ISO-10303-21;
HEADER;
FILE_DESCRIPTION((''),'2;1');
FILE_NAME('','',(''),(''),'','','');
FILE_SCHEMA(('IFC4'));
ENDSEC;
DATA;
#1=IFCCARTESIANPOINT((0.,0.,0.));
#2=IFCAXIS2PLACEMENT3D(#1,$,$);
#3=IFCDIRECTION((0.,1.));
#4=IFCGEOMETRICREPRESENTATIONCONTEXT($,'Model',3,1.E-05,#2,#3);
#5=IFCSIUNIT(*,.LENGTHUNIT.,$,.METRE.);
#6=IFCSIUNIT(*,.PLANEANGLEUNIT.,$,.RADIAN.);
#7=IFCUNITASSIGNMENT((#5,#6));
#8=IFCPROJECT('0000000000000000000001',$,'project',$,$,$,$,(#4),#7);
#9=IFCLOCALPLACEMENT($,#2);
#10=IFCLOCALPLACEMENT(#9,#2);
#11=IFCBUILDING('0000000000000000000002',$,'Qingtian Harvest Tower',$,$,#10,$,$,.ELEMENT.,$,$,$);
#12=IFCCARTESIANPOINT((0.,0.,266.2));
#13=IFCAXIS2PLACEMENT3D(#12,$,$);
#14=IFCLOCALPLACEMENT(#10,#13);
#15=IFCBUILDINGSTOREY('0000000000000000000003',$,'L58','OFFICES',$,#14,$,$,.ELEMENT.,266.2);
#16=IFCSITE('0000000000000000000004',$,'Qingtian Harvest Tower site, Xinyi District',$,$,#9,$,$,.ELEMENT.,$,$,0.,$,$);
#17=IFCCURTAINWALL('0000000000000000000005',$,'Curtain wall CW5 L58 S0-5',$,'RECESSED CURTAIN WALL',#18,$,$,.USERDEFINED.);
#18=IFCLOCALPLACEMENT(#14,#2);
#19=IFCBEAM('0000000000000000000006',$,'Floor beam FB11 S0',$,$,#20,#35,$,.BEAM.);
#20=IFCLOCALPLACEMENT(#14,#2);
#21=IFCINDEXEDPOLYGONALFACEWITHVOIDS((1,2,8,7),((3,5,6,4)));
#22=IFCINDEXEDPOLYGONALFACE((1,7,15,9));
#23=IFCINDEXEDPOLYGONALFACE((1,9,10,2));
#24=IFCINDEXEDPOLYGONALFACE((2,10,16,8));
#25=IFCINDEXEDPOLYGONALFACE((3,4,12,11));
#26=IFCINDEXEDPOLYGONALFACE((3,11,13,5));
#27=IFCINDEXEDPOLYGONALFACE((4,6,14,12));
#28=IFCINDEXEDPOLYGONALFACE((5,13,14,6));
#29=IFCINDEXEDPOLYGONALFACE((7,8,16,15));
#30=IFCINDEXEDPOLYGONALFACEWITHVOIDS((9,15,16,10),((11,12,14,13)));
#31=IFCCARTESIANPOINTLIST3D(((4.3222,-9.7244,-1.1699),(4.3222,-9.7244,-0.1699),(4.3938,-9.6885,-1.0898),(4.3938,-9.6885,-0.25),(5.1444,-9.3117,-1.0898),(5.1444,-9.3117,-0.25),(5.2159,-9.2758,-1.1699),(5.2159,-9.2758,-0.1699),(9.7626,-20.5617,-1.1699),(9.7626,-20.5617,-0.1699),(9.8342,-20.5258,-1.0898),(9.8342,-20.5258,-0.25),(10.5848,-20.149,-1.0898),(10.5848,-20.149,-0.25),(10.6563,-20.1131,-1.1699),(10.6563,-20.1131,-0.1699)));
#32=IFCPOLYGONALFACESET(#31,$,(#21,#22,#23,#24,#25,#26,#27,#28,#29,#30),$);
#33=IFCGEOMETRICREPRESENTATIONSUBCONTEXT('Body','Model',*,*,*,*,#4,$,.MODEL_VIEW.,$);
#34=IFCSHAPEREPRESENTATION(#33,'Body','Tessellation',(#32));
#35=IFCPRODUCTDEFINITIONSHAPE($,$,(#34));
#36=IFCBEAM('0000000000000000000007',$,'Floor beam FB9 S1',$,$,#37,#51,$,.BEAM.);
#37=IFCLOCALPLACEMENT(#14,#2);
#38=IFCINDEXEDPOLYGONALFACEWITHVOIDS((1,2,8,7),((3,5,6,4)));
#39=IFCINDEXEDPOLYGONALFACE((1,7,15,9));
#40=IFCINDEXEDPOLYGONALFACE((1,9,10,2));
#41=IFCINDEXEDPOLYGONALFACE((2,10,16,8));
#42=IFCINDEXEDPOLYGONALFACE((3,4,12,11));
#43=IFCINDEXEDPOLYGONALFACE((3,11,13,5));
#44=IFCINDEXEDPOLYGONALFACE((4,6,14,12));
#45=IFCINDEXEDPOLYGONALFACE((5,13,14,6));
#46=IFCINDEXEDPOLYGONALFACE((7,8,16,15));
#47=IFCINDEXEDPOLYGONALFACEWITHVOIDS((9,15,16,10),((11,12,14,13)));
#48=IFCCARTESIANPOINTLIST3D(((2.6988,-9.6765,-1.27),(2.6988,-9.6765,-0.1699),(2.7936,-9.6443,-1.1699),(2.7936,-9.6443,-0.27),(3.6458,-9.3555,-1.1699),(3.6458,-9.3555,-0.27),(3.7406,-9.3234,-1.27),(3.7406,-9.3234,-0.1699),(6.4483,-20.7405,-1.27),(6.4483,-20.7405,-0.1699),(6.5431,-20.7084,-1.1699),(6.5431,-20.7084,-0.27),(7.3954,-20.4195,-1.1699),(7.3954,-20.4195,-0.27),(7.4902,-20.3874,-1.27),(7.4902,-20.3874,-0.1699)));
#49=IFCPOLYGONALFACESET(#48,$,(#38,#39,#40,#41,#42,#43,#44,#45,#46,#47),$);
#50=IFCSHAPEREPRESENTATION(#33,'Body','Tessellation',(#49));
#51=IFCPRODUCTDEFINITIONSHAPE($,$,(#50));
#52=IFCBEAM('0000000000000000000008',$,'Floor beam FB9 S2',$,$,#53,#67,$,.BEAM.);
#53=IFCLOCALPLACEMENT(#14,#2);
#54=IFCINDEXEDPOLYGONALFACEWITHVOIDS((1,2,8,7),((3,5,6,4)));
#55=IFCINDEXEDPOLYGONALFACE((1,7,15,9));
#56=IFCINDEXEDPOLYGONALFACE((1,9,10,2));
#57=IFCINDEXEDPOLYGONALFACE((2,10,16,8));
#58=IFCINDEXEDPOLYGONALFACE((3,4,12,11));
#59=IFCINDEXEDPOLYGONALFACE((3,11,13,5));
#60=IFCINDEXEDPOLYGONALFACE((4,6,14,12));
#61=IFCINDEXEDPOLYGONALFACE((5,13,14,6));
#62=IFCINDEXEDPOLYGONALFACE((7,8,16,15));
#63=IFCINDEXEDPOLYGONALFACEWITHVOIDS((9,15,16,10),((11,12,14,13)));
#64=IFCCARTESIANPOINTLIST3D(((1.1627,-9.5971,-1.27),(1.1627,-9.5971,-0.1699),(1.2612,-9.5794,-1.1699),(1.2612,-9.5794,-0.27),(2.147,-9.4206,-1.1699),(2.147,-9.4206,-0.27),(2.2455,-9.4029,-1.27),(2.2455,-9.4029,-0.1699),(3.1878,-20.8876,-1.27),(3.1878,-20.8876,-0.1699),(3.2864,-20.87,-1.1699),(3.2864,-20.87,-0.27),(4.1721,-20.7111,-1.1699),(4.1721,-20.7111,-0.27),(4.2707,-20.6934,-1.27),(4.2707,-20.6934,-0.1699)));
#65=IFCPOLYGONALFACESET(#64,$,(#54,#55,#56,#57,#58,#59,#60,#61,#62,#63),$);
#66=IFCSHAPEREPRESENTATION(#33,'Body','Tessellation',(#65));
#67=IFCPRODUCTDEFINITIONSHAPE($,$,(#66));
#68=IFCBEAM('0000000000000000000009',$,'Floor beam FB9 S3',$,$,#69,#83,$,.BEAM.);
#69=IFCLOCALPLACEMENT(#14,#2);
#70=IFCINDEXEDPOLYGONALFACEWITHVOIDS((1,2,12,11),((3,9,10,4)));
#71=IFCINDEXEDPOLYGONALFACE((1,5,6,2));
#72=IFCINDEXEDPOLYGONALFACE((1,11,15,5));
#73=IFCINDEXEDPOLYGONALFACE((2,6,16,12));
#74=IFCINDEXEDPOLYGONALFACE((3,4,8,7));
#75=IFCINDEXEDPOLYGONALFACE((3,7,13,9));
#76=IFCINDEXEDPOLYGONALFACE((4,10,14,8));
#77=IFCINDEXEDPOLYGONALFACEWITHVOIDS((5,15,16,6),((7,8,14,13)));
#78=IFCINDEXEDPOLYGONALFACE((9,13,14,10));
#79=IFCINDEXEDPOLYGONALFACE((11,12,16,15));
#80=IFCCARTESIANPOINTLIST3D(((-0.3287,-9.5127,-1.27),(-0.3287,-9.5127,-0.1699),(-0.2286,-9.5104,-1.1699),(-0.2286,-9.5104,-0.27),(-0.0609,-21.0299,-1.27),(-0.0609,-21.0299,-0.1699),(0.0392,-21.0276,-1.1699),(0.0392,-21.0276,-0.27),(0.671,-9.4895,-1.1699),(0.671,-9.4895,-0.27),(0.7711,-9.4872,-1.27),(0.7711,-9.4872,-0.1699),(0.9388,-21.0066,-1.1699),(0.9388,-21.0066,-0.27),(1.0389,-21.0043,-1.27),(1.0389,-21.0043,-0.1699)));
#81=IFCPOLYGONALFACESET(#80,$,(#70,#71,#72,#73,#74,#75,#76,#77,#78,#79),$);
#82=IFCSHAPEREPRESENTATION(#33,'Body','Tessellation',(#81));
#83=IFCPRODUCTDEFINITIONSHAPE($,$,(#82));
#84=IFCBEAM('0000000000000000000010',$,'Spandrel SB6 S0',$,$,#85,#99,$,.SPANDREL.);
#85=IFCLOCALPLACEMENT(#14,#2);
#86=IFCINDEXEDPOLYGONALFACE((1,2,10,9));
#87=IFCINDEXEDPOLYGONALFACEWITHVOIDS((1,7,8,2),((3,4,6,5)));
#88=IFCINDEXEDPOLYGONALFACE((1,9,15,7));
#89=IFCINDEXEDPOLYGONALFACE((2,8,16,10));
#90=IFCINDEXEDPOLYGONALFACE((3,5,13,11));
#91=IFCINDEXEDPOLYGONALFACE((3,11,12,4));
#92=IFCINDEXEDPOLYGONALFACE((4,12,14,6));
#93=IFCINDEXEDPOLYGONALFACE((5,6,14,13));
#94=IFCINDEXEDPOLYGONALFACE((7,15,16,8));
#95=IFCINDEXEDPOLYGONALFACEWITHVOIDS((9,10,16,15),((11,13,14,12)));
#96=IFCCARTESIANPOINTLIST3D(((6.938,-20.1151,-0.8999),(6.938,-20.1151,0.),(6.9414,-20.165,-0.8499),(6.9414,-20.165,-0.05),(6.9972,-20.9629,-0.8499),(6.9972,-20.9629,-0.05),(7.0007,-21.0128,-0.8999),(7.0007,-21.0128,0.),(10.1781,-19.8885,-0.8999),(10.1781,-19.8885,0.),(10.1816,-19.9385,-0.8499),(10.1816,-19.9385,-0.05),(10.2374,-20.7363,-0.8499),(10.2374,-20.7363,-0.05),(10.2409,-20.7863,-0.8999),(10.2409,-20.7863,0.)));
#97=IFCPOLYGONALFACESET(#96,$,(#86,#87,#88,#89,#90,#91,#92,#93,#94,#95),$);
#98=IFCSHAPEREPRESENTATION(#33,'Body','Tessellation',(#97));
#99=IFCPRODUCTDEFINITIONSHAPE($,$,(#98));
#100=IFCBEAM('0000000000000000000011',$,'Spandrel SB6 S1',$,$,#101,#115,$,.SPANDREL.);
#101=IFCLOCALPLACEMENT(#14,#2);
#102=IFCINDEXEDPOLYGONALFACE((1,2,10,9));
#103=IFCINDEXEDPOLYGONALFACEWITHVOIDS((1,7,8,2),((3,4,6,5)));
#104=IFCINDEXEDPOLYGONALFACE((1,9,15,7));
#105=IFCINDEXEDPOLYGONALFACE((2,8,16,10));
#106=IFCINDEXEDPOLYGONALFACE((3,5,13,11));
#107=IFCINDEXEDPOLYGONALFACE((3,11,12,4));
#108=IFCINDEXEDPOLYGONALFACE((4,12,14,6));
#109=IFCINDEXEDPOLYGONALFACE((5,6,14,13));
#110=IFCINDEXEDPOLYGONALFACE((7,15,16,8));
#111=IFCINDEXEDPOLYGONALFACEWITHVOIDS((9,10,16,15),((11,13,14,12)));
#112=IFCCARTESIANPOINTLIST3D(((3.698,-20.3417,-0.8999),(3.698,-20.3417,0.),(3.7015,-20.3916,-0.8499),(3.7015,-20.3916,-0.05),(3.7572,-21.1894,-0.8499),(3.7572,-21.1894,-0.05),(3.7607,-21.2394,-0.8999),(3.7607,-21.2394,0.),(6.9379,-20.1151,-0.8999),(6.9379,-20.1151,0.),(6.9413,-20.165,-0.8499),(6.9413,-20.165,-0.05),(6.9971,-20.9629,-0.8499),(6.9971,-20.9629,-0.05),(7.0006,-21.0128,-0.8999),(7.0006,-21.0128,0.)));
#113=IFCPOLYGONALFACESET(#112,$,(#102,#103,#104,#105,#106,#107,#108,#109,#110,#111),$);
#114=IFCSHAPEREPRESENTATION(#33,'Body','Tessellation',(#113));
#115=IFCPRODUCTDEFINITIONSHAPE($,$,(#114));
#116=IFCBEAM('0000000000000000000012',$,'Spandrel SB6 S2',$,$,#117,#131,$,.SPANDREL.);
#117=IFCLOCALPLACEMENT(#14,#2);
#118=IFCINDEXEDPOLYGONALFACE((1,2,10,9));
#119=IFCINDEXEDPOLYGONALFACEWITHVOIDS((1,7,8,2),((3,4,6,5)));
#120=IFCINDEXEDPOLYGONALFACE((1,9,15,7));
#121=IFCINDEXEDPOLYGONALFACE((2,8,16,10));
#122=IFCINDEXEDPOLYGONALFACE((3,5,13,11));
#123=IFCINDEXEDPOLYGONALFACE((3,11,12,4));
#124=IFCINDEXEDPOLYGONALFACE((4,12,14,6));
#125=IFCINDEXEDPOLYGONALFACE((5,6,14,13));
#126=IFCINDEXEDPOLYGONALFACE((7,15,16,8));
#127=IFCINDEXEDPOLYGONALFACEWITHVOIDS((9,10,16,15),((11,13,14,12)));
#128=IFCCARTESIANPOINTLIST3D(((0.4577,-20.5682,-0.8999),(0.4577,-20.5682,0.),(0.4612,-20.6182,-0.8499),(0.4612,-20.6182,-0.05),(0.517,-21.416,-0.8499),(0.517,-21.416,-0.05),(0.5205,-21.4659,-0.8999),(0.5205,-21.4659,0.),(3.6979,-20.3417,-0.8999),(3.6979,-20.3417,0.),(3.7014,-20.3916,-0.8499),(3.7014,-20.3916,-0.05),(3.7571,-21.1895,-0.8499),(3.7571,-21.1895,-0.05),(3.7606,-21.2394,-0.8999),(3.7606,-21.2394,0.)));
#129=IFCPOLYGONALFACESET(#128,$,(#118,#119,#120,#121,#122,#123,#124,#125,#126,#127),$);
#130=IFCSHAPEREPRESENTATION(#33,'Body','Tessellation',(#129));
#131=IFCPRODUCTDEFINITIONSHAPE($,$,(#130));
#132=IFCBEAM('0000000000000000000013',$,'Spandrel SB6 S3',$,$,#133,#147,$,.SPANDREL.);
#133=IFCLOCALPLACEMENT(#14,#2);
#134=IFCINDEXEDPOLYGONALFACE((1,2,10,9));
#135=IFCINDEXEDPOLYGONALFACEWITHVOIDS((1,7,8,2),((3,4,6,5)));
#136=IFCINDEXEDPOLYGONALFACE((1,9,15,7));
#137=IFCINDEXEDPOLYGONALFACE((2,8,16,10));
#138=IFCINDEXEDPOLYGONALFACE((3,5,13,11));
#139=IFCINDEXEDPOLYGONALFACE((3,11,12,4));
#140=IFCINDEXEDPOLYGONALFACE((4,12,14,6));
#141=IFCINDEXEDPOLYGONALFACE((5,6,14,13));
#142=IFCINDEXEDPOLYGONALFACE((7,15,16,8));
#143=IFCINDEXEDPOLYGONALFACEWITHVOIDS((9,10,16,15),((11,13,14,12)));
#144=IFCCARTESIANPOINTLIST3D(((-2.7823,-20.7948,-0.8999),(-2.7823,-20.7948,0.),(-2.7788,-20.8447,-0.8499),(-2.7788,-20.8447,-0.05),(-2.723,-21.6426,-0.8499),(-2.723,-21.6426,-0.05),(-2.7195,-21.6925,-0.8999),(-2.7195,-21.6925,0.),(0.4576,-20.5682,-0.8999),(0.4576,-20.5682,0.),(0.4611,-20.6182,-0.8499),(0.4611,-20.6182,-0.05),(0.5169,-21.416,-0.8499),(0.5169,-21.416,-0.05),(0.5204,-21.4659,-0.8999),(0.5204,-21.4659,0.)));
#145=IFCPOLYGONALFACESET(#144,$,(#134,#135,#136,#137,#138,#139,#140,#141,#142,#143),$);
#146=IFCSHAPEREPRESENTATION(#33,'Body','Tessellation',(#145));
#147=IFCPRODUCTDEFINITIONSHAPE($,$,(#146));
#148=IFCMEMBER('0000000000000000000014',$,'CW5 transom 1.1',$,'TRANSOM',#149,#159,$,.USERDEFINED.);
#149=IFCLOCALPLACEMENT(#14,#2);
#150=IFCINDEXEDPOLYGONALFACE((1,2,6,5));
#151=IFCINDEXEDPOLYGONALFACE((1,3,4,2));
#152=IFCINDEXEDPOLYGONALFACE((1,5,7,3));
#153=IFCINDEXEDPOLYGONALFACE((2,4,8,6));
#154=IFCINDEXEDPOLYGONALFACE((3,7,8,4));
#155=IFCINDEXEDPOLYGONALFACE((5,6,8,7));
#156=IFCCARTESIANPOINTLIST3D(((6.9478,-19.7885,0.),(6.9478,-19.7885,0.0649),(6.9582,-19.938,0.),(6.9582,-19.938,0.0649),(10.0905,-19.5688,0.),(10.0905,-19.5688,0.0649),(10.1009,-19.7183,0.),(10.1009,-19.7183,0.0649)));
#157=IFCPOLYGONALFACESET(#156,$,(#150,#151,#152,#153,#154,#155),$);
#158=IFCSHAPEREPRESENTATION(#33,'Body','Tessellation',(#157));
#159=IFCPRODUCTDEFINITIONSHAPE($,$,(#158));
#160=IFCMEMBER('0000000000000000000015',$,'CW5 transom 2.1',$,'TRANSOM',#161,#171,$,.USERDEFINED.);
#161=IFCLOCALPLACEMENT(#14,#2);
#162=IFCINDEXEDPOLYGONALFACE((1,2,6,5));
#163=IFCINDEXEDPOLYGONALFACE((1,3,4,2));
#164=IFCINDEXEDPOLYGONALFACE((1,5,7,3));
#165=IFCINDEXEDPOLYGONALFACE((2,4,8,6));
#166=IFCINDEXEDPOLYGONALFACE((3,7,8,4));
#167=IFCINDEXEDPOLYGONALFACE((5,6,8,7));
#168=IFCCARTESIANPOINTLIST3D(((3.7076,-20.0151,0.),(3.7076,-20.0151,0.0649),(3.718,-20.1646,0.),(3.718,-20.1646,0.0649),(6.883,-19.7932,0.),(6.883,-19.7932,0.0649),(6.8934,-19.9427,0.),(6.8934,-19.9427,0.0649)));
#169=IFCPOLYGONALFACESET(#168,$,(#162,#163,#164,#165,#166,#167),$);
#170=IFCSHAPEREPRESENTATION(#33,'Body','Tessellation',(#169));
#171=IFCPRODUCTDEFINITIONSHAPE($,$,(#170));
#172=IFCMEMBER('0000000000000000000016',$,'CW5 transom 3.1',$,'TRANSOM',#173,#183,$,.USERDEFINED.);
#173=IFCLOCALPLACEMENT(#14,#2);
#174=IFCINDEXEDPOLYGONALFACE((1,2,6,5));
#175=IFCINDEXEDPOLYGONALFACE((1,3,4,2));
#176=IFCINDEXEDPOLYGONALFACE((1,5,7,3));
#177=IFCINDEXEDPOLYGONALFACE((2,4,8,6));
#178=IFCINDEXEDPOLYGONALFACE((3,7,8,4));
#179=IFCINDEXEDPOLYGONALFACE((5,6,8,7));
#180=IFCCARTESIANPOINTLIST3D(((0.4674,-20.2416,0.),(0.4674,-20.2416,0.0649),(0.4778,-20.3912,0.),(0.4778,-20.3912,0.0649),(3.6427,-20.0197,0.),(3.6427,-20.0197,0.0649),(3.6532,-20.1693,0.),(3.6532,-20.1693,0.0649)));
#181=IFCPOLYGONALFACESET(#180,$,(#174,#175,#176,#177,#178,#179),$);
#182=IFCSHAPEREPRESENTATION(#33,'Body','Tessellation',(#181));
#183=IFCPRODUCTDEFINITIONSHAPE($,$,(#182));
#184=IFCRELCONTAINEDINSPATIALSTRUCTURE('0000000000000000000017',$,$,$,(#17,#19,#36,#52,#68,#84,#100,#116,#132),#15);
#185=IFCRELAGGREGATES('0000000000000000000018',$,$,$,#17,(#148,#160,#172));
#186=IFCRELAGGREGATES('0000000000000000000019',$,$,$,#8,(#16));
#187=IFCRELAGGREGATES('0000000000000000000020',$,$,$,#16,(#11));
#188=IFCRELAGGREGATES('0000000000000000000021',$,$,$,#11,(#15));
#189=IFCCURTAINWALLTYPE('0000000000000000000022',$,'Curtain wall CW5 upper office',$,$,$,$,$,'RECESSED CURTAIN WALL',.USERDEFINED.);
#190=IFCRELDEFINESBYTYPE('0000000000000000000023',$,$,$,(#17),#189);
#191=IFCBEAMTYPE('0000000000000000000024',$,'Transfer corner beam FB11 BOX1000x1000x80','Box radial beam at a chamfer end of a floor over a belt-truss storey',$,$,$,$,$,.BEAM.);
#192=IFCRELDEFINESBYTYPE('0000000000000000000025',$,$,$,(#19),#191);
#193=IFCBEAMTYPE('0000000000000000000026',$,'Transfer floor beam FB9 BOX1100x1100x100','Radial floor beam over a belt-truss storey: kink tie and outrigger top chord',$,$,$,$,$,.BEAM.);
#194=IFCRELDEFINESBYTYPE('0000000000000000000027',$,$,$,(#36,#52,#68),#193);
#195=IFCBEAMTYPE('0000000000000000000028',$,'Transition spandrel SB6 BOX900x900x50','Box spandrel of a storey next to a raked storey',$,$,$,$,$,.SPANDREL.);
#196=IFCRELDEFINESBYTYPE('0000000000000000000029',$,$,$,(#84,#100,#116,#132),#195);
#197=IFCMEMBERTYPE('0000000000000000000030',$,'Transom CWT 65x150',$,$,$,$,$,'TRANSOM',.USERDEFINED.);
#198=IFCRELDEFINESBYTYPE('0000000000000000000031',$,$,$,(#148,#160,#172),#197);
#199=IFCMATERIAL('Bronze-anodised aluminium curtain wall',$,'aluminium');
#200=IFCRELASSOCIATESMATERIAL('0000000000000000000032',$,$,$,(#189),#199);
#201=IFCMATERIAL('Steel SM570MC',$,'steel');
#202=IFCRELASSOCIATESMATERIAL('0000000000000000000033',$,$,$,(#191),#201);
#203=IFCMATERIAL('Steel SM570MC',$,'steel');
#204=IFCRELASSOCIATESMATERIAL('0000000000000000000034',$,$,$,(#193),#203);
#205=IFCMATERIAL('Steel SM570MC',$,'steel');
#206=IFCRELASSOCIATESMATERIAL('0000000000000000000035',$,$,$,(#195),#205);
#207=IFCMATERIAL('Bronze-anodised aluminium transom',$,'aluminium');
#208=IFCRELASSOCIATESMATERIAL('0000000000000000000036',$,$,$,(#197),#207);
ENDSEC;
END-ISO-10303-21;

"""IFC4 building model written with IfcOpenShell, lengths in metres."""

from ifc_helpers import new_model, si_unit, direction, frame, origin, origin_2d, place, context, subcontext, project, spatial, rectangle, hollow_rectangle, extrude, material, material_profile, profile_set, type_object, element, aggregate, save


model = new_model("IFC4")

# Units and contexts
model_context = context("Model", 3, precision=1e-05, world=origin(), true_north=direction((0.0, 1.0)))
body_context = subcontext(model_context, "Body", "Model", "MODEL_VIEW")
ifc_project = project(units=[si_unit("LENGTHUNIT", "METRE"), si_unit("PLANEANGLEUNIT", "RADIAN")], contexts=[model_context])

# Site, building, storey
site_placement = place(None, origin())
site = spatial("IfcSite", under=ifc_project, at=site_placement, Name="Qingtian Harvest Tower site, Xinyi District", CompositionType="ELEMENT", RefElevation=0.0)
building_placement = place(site_placement, origin())
building = spatial("IfcBuilding", under=site, at=building_placement, Name="Qingtian Harvest Tower", CompositionType="ELEMENT")
storey_placement = place(building_placement, frame((0.0, 0.0, 266.2)))
storey = spatial("IfcBuildingStorey", under=building, at=storey_placement, Name="L58", Description="OFFICES", CompositionType="ELEMENT", Elevation=266.2)

# Shared definitions
ifc_material_1 = material(Name="Bronze-anodised aluminium curtain wall", Category="aluminium")
curtain_wall_type = type_object("IfcCurtainWallType", Name="Curtain wall CW5 upper office", ElementType="RECESSED CURTAIN WALL", PredefinedType="USERDEFINED", material=ifc_material_1)

# Curtain wall
curtain_wall_1_placement = place(storey_placement, origin())
curtain_wall_1 = element("IfcCurtainWall", 1, at=curtain_wall_1_placement, inside=storey, type_object=curtain_wall_type, Name="Curtain wall CW5 L58 S0-5", ObjectType="RECESSED CURTAIN WALL", PredefinedType="USERDEFINED")

# Beams
ifc_material_2 = material(Name="Steel SM570MC", Category="steel")
ifc_material_profile_1 = material_profile(ifc_material_2, hollow_rectangle(XDim=1.0, YDim=1.0, WallThickness=0.0801, at=origin_2d()), Name="BOX1000x1000x80")
ifc_profile_set_1 = profile_set([ifc_material_profile_1], Name="Steel SM570MC")
beam_type_1 = type_object("IfcBeamType", Name="Transfer corner beam FB11 BOX1000x1000x80", Description="Box radial beam at a chamfer end of a floor over a belt-truss storey", PredefinedType="BEAM", material=ifc_profile_set_1)
beam_1_placement = place(storey_placement, frame((10.2095, -20.3374, -0.6699), z_axis=(-0.448646, 0.893709, 0.0), x_axis=(-0.893709, -0.448646, 0.0)))
element("IfcBeam", 2, at=beam_1_placement, inside=storey, type_object=beam_type_1, Name="Floor beam FB11 S0", PredefinedType="BEAM", context=body_context, shape_type="SweptSolid", body=[
    extrude(hollow_rectangle(XDim=1.0, YDim=1.0, WallThickness=0.0801, at=origin_2d()), origin(), (0.0, 0.0, 1.0), 12.1262),
])
ifc_material_3 = material(Name="Steel SM570MC", Category="steel")
ifc_material_profile_2 = material_profile(ifc_material_3, hollow_rectangle(XDim=1.1001, YDim=1.1001, WallThickness=0.1001, at=origin_2d()), Name="BOX1100x1100x100")
ifc_profile_set_2 = profile_set([ifc_material_profile_2], Name="Steel SM570MC")
beam_type_2 = type_object("IfcBeamType", Name="Transfer floor beam FB9 BOX1100x1100x100", Description="Radial floor beam over a belt-truss storey: kink tie and outrigger top chord", PredefinedType="BEAM", material=ifc_profile_set_2)
beam_2_placement = place(storey_placement, frame((6.9692, -20.564, -0.72), z_axis=(-0.320964, 0.947092, 0.0), x_axis=(-0.947092, -0.320964, 0.0)))
element("IfcBeam", 3, at=beam_2_placement, inside=storey, type_object=beam_type_2, Name="Floor beam FB9 S1", PredefinedType="BEAM", context=body_context, shape_type="SweptSolid", body=[
    extrude(hollow_rectangle(XDim=1.1001, YDim=1.1001, WallThickness=0.1001, at=origin_2d()), origin(), (0.0, 0.0, 1.0), 11.6821),
])
beam_3_placement = place(storey_placement, frame((3.7292, -20.7905, -0.72), z_axis=(-0.176549, 0.984292, 0.0), x_axis=(-0.984292, -0.176549, 0.0)))
element("IfcBeam", 4, at=beam_3_placement, inside=storey, type_object=beam_type_2, Name="Floor beam FB9 S2", PredefinedType="BEAM", context=body_context, shape_type="SweptSolid", body=[
    extrude(hollow_rectangle(XDim=1.1001, YDim=1.1001, WallThickness=0.1001, at=origin_2d()), origin(), (0.0, 0.0, 1.0), 11.4707),
])
beam_4_placement = place(storey_placement, frame((0.489, -21.0171, -0.72), z_axis=(-0.023248, 0.99973, 0.0), x_axis=(-0.99973, -0.023248, 0.0)))
element("IfcBeam", 5, at=beam_4_placement, inside=storey, type_object=beam_type_2, Name="Floor beam FB9 S3", PredefinedType="BEAM", context=body_context, shape_type="SweptSolid", body=[
    extrude(hollow_rectangle(XDim=1.1001, YDim=1.1001, WallThickness=0.1001, at=origin_2d()), origin(), (0.0, 0.0, 1.0), 11.5203),
])
ifc_material_4 = material(Name="Steel SM570MC", Category="steel")
ifc_material_profile_3 = material_profile(ifc_material_4, hollow_rectangle(XDim=0.8999, YDim=0.8999, WallThickness=0.05, at=origin_2d()), Name="BOX900x900x50")
ifc_profile_set_3 = profile_set([ifc_material_profile_3], Name="Steel SM570MC")
beam_type_3 = type_object("IfcBeamType", Name="Transition spandrel SB6 BOX900x900x50", Description="Box spandrel of a storey next to a raked storey", PredefinedType="SPANDREL", material=ifc_profile_set_3)
beam_5_placement = place(storey_placement, frame((10.2095, -20.3374, -0.45), z_axis=(-0.997564, -0.069751, 0.0), x_axis=(0.069751, -0.997564, 0.0)))
element("IfcBeam", 6, at=beam_5_placement, inside=storey, type_object=beam_type_3, Name="Spandrel SB6 S0", PredefinedType="SPANDREL", context=body_context, shape_type="SweptSolid", body=[
    extrude(hollow_rectangle(XDim=0.8999, YDim=0.8999, WallThickness=0.05, at=origin_2d()), origin(), (0.0, 0.0, 1.0), 3.248),
])
beam_6_placement = place(storey_placement, frame((6.9692, -20.564, -0.45), z_axis=(-0.997564, -0.069757, 0.0), x_axis=(0.069757, -0.997564, 0.0)))
element("IfcBeam", 7, at=beam_6_placement, inside=storey, type_object=beam_type_3, Name="Spandrel SB6 S1", PredefinedType="SPANDREL", context=body_context, shape_type="SweptSolid", body=[
    extrude(hollow_rectangle(XDim=0.8999, YDim=0.8999, WallThickness=0.05, at=origin_2d()), origin(), (0.0, 0.0, 1.0), 3.2478),
])
beam_7_placement = place(storey_placement, frame((3.7292, -20.7905, -0.45), z_axis=(-0.997564, -0.069751, 0.0), x_axis=(0.069751, -0.997564, 0.0)))
element("IfcBeam", 8, at=beam_7_placement, inside=storey, type_object=beam_type_3, Name="Spandrel SB6 S2", PredefinedType="SPANDREL", context=body_context, shape_type="SweptSolid", body=[
    extrude(hollow_rectangle(XDim=0.8999, YDim=0.8999, WallThickness=0.05, at=origin_2d()), origin(), (0.0, 0.0, 1.0), 3.248),
])
beam_8_placement = place(storey_placement, frame((0.489, -21.0171, -0.45), z_axis=(-0.997564, -0.069757, 0.0), x_axis=(0.069757, -0.997564, 0.0)))
element("IfcBeam", 9, at=beam_8_placement, inside=storey, type_object=beam_type_3, Name="Spandrel SB6 S3", PredefinedType="SPANDREL", context=body_context, shape_type="SweptSolid", body=[
    extrude(hollow_rectangle(XDim=0.8999, YDim=0.8999, WallThickness=0.05, at=origin_2d()), origin(), (0.0, 0.0, 1.0), 3.2478),
])

# Members
ifc_material_5 = material(Name="Bronze-anodised aluminium transom", Category="aluminium")
ifc_material_profile_4 = material_profile(ifc_material_5, rectangle(XDim=0.1499, YDim=0.0649, at=origin_2d()), Name="AL 65x150")
ifc_profile_set_4 = profile_set([ifc_material_profile_4], Name="Bronze-anodised aluminium transom")
member_type_1 = type_object("IfcMemberType", Name="Transom CWT 65x150", ElementType="TRANSOM", PredefinedType="USERDEFINED", material=ifc_profile_set_4)
member_1_placement = place(storey_placement, frame((10.0957, -19.6436, 0.0325), z_axis=(-0.997565, -0.069744, 0.0), x_axis=(0.069744, -0.997565, 0.0)))
member_1 = element("IfcMember", 10, at=member_1_placement, type_object=member_type_1, Name="CW5 transom 1.1", ObjectType="TRANSOM", PredefinedType="USERDEFINED", context=body_context, shape_type="SweptSolid", body=[
    extrude(rectangle(XDim=0.1499, YDim=0.0649, at=origin_2d()), origin(), (0.0, 0.0, 1.0), 3.1504),
])
member_2_placement = place(storey_placement, frame((6.8882, -19.8679, 0.0325), z_axis=(-0.997567, -0.069721, 0.0), x_axis=(0.069721, -0.997567, 0.0)))
member_2 = element("IfcMember", 11, at=member_2_placement, type_object=member_type_1, Name="CW5 transom 2.1", ObjectType="TRANSOM", PredefinedType="USERDEFINED", context=body_context, shape_type="SweptSolid", body=[
    extrude(rectangle(XDim=0.1499, YDim=0.0649, at=origin_2d()), origin(), (0.0, 0.0, 1.0), 3.1831),
])
member_3_placement = place(storey_placement, frame((3.6479, -20.0945, 0.0325), z_axis=(-0.997567, -0.069721, 0.0), x_axis=(0.069721, -0.997567, 0.0)))
member_3 = element("IfcMember", 12, at=member_3_placement, type_object=member_type_1, Name="CW5 transom 3.1", ObjectType="TRANSOM", PredefinedType="USERDEFINED", context=body_context, shape_type="SweptSolid", body=[
    extrude(rectangle(XDim=0.1499, YDim=0.0649, at=origin_2d()), origin(), (0.0, 0.0, 1.0), 3.1831),
])

aggregate(curtain_wall_1, [member_1, member_2, member_3])

save(model, "model.ifc")
